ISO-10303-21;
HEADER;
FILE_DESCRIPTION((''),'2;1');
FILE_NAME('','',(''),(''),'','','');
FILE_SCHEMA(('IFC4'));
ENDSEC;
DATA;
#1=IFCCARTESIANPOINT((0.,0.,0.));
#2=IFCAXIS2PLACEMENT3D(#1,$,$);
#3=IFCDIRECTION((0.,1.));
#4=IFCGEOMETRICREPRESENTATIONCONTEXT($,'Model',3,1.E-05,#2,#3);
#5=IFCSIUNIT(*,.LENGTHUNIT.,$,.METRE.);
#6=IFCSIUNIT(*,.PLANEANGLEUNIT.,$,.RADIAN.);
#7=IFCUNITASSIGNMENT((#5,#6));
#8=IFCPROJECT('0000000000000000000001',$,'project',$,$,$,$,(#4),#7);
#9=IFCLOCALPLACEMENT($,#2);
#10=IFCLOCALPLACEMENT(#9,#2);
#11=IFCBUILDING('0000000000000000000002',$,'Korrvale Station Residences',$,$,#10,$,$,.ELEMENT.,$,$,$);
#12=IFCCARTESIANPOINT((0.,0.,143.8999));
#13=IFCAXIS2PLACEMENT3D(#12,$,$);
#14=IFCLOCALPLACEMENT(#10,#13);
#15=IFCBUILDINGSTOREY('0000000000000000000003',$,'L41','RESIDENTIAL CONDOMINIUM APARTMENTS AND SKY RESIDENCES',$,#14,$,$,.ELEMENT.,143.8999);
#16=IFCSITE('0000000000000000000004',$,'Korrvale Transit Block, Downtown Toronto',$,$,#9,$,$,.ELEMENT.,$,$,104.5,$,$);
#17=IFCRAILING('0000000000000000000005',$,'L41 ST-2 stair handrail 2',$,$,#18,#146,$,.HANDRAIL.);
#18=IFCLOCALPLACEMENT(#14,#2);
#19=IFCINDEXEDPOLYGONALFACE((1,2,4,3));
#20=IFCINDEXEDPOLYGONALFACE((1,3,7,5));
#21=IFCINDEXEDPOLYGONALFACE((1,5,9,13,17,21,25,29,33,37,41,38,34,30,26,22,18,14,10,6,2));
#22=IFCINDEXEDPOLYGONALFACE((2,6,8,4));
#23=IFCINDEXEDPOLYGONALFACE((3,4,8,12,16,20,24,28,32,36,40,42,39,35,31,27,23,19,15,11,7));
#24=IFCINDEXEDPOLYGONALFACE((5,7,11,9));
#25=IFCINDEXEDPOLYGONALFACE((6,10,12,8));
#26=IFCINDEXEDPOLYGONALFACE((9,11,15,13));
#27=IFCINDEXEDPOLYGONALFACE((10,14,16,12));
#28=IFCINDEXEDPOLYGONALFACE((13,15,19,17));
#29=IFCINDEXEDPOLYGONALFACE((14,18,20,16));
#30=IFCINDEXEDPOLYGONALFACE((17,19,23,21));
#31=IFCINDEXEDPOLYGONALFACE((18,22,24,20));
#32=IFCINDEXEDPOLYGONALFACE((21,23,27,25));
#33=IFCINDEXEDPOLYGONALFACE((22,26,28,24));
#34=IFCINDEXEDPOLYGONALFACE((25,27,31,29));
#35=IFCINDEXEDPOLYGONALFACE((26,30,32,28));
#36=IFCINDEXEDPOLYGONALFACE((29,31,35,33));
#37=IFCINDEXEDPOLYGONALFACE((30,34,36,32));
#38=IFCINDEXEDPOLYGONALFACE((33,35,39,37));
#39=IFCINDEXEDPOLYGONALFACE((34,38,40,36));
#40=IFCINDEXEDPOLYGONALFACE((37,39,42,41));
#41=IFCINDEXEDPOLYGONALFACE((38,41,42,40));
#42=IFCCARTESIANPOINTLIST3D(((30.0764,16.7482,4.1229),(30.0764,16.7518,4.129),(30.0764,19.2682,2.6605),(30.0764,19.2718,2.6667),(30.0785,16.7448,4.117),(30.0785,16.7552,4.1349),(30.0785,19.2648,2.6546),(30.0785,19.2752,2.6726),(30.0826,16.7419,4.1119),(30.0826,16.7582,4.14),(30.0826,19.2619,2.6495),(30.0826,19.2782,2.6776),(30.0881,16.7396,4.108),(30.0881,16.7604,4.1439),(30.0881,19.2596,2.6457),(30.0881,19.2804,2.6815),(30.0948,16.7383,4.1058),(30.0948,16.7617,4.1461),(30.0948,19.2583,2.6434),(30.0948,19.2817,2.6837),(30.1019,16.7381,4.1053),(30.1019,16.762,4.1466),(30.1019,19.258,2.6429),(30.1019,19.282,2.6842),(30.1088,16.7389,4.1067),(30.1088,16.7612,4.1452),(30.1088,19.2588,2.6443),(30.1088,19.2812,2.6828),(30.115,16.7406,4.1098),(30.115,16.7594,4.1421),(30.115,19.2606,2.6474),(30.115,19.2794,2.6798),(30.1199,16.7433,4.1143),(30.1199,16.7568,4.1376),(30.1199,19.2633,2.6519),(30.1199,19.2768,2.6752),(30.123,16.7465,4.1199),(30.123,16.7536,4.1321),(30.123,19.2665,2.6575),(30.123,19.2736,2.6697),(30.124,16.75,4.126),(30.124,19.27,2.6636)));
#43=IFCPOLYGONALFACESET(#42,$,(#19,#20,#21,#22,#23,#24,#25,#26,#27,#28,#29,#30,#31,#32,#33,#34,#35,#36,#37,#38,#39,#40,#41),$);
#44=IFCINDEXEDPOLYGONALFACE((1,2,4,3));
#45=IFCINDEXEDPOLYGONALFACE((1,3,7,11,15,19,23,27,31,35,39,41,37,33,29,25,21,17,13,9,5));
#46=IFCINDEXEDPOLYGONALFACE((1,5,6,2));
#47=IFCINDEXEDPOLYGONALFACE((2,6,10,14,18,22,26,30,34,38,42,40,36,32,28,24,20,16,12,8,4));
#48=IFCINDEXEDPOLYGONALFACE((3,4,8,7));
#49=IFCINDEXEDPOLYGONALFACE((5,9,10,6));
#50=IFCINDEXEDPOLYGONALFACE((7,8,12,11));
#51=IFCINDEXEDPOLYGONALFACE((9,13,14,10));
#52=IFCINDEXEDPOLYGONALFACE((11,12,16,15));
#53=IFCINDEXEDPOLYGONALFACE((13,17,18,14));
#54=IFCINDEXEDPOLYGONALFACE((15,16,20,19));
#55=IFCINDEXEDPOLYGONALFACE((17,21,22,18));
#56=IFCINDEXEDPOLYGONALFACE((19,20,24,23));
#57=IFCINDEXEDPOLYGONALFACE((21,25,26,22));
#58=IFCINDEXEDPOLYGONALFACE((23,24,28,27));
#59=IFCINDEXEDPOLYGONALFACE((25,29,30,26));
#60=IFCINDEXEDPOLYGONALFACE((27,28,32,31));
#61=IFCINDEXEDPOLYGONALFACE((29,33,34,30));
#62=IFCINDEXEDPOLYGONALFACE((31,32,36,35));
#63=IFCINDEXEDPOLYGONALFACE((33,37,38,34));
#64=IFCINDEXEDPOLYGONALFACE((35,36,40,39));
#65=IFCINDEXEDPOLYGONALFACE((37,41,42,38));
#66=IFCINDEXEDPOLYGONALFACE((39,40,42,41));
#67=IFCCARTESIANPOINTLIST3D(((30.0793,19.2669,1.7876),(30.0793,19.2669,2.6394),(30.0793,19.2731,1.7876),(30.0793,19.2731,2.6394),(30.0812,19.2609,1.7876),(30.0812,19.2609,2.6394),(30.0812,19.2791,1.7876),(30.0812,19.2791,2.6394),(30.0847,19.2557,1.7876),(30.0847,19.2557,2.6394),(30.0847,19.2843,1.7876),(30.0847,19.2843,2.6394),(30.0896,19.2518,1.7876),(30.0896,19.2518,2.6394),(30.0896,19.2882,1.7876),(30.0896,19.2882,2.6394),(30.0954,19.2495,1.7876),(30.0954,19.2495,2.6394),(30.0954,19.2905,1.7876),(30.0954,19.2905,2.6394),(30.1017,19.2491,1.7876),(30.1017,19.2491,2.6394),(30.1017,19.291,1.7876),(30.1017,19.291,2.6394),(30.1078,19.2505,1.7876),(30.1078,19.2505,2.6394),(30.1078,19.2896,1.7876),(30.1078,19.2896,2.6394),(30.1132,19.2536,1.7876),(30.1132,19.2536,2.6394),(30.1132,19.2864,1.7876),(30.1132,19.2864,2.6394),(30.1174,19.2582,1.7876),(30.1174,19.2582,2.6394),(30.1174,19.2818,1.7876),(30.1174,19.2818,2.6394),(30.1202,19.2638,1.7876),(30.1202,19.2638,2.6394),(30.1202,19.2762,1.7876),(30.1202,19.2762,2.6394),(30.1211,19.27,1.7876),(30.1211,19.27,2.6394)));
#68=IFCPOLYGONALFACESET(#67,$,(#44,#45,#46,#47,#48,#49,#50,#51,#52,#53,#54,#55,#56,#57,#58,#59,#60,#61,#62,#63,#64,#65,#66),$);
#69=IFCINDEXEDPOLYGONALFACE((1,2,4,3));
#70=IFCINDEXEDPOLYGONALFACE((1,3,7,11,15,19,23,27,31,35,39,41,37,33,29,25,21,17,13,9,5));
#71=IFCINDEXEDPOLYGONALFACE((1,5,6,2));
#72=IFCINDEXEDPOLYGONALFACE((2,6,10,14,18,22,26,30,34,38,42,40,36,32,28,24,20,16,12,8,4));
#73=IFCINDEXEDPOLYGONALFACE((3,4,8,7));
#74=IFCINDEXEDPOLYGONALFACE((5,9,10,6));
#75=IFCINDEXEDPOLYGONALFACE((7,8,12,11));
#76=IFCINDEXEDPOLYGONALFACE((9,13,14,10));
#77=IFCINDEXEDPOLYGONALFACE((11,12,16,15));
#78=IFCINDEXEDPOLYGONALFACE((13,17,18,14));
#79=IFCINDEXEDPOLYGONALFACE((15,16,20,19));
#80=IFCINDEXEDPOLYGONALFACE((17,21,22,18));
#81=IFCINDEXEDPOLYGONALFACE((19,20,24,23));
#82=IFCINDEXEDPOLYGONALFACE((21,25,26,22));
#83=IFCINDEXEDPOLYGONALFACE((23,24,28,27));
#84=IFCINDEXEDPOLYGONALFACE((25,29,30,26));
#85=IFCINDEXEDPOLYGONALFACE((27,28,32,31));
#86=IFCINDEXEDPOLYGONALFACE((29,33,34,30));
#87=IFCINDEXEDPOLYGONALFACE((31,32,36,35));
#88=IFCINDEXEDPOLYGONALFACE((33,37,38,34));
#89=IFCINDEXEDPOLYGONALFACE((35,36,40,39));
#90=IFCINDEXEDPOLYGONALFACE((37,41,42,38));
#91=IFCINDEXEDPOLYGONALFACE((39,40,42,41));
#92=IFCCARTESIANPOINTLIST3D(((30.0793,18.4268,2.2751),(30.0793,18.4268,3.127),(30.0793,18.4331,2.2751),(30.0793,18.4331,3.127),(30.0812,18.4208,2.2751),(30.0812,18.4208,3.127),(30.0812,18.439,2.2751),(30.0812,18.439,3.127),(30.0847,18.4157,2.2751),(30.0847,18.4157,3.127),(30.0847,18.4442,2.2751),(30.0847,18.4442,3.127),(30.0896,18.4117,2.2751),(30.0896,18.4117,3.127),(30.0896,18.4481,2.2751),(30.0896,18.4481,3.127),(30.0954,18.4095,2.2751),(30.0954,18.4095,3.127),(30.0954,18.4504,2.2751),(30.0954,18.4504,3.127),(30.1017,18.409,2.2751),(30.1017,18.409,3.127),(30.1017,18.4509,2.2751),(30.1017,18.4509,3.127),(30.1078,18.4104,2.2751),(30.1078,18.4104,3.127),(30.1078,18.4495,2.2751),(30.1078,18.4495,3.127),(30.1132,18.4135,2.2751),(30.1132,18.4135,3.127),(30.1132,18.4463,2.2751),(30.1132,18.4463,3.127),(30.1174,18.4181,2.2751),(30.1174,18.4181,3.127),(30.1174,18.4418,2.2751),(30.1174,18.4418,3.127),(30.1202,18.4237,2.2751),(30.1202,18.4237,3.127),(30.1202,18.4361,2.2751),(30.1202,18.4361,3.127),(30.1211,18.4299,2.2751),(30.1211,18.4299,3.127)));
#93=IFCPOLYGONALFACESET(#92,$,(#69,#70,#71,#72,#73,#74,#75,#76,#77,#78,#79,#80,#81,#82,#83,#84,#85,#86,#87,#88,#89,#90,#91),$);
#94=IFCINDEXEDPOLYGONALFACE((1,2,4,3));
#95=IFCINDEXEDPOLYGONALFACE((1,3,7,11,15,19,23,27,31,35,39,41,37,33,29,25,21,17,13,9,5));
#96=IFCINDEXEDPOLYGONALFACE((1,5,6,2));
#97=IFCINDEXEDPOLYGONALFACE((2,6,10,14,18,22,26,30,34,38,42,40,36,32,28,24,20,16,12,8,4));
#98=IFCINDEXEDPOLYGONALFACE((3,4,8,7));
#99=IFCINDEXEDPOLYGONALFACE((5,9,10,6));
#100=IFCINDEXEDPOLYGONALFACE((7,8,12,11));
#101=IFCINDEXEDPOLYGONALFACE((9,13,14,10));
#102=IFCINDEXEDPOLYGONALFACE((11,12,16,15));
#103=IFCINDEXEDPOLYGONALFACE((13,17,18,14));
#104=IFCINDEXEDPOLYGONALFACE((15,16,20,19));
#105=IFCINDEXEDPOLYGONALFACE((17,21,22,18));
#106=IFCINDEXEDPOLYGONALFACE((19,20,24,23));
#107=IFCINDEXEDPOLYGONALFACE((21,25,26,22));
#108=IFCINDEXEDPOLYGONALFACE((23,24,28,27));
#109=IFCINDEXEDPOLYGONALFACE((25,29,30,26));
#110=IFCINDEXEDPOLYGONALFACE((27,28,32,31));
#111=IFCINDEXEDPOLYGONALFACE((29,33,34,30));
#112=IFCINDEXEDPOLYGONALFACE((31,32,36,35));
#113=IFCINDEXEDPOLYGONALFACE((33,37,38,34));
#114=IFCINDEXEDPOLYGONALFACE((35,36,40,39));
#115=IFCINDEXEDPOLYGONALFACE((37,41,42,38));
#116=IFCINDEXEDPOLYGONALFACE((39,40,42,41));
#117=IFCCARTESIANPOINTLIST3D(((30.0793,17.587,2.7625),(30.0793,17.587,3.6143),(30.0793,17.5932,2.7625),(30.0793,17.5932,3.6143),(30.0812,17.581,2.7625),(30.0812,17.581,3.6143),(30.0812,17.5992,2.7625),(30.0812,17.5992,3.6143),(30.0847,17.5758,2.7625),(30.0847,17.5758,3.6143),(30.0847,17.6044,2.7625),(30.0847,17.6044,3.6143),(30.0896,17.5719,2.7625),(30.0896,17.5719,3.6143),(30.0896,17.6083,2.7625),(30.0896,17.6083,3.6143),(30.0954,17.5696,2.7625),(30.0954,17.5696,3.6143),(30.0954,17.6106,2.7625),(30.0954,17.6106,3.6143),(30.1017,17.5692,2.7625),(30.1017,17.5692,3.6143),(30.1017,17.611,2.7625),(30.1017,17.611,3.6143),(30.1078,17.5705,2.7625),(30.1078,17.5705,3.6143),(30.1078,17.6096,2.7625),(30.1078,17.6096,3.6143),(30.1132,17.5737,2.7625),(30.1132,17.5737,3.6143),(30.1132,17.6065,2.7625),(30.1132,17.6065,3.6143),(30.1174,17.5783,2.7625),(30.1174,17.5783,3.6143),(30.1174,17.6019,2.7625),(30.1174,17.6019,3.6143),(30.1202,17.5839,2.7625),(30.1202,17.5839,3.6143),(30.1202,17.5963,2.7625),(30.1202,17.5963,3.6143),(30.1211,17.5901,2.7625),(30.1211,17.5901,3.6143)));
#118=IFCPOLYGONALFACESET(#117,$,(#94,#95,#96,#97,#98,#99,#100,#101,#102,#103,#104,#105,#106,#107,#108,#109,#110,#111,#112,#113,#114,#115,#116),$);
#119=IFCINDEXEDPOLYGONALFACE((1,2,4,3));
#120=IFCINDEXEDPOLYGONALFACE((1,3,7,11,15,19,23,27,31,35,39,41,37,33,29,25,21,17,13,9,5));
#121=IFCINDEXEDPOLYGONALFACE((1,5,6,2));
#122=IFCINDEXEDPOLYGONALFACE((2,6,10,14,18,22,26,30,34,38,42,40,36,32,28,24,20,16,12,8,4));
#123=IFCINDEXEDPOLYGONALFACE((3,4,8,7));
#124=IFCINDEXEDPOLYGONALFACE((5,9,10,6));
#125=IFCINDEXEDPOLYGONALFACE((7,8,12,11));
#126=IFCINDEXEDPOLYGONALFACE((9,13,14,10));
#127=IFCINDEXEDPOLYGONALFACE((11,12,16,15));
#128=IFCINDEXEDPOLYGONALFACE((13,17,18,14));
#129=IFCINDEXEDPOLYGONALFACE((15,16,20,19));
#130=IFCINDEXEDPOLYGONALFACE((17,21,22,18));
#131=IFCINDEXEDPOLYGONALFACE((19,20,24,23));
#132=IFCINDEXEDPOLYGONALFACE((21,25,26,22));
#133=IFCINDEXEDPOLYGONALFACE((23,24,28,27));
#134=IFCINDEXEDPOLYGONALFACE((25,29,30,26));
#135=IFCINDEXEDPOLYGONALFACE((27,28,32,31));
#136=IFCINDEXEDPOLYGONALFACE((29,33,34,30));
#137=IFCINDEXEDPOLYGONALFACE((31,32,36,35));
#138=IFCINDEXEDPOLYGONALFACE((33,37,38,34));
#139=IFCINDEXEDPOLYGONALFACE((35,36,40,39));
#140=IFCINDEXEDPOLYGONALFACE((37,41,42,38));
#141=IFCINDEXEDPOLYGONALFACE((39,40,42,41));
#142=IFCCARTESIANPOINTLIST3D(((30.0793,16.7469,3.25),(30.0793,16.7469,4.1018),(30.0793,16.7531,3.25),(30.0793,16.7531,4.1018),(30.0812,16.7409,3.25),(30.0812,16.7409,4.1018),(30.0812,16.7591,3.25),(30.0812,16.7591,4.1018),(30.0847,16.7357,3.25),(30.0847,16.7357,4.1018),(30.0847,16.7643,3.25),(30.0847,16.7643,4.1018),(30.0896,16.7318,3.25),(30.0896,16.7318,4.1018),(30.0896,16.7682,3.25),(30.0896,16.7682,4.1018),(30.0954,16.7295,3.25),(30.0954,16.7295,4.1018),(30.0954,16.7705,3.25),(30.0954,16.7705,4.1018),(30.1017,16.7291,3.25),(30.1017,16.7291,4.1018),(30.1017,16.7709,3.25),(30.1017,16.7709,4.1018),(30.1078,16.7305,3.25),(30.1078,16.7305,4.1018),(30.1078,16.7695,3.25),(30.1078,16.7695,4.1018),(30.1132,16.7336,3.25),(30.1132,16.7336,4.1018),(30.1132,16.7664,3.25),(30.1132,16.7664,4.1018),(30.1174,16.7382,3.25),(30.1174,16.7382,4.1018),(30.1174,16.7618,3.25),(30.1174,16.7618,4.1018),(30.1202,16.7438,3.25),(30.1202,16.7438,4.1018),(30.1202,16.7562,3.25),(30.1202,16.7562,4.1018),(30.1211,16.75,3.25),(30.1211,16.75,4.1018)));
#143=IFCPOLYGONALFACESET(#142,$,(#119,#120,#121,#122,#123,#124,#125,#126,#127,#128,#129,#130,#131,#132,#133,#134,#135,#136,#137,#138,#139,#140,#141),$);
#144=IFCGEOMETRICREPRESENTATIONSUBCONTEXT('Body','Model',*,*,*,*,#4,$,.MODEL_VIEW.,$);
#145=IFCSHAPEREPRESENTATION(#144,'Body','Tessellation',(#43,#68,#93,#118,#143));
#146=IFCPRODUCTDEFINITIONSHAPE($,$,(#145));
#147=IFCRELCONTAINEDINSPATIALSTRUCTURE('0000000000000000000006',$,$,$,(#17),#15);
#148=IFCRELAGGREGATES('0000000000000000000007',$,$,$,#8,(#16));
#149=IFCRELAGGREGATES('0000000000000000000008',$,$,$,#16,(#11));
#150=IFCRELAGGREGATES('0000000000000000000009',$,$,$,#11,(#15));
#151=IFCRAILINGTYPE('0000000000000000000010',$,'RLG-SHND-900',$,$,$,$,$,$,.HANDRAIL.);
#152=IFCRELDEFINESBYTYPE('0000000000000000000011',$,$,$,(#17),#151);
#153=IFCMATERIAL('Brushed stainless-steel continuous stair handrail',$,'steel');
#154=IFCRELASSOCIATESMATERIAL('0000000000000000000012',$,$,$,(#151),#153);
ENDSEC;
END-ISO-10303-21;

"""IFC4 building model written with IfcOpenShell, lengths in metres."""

from ifc_helpers import new_model, si_unit, direction, frame, origin, origin_2d, place, context, subcontext, project, spatial, circle, extrude, material, type_object, element, save


model = new_model("IFC4")

# Units and contexts
model_context = context("Model", 3, precision=1e-05, world=origin(), true_north=direction((0.0, 1.0)))
body_context = subcontext(model_context, "Body", "Model", "MODEL_VIEW")
ifc_project = project(units=[si_unit("LENGTHUNIT", "METRE"), si_unit("PLANEANGLEUNIT", "RADIAN")], contexts=[model_context])

# Site, building, storey
site_placement = place(None, origin())
site = spatial("IfcSite", under=ifc_project, at=site_placement, Name="Korrvale Transit Block, Downtown Toronto", CompositionType="ELEMENT", RefElevation=104.5)
building_placement = place(site_placement, origin())
building = spatial("IfcBuilding", under=site, at=building_placement, Name="Korrvale Station Residences", CompositionType="ELEMENT")
storey_placement = place(building_placement, frame((0.0, 0.0, 143.8999)))
storey = spatial("IfcBuildingStorey", under=building, at=storey_placement, Name="L41", Description="RESIDENTIAL CONDOMINIUM APARTMENTS AND SKY RESIDENCES", CompositionType="ELEMENT", Elevation=143.8999)

# Railing
ifc_material_1 = material(Name="Brushed stainless-steel continuous stair handrail", Category="steel")
railing_type_1 = type_object("IfcRailingType", Name="RLG-SHND-900", PredefinedType="HANDRAIL", material=ifc_material_1)
railing_1_placement = place(storey_placement, frame((30.1001, 19.27, 1.7876)))
element("IfcRailing", 1, at=railing_1_placement, inside=storey, type_object=railing_type_1, Name="L41 ST-2 stair handrail 2", PredefinedType="HANDRAIL", context=body_context, shape_type="SweptSolid", body=[
    extrude(circle(Radius=0.0239, at=origin_2d()), frame((0.0, 0.0, 0.876), z_axis=(0.0, -0.864913, 0.501921), x_axis=(1.0, 0.0, 0.0)), (0.0, 0.0, 1.0), 2.9136),
    extrude(circle(Radius=0.021, at=origin_2d()), origin(), (0.0, 0.0, 1.0), 0.8518),
    extrude(circle(Radius=0.021, at=origin_2d()), frame((0.0, -0.8401, 0.4875)), (0.0, 0.0, 1.0), 0.8518),
    extrude(circle(Radius=0.021, at=origin_2d()), frame((0.0, -1.6799, 0.9749)), (0.0, 0.0, 1.0), 0.8518),
    extrude(circle(Radius=0.021, at=origin_2d()), frame((0.0, -2.52, 1.4624)), (0.0, 0.0, 1.0), 0.8518),
])

save(model, "model.ifc")
